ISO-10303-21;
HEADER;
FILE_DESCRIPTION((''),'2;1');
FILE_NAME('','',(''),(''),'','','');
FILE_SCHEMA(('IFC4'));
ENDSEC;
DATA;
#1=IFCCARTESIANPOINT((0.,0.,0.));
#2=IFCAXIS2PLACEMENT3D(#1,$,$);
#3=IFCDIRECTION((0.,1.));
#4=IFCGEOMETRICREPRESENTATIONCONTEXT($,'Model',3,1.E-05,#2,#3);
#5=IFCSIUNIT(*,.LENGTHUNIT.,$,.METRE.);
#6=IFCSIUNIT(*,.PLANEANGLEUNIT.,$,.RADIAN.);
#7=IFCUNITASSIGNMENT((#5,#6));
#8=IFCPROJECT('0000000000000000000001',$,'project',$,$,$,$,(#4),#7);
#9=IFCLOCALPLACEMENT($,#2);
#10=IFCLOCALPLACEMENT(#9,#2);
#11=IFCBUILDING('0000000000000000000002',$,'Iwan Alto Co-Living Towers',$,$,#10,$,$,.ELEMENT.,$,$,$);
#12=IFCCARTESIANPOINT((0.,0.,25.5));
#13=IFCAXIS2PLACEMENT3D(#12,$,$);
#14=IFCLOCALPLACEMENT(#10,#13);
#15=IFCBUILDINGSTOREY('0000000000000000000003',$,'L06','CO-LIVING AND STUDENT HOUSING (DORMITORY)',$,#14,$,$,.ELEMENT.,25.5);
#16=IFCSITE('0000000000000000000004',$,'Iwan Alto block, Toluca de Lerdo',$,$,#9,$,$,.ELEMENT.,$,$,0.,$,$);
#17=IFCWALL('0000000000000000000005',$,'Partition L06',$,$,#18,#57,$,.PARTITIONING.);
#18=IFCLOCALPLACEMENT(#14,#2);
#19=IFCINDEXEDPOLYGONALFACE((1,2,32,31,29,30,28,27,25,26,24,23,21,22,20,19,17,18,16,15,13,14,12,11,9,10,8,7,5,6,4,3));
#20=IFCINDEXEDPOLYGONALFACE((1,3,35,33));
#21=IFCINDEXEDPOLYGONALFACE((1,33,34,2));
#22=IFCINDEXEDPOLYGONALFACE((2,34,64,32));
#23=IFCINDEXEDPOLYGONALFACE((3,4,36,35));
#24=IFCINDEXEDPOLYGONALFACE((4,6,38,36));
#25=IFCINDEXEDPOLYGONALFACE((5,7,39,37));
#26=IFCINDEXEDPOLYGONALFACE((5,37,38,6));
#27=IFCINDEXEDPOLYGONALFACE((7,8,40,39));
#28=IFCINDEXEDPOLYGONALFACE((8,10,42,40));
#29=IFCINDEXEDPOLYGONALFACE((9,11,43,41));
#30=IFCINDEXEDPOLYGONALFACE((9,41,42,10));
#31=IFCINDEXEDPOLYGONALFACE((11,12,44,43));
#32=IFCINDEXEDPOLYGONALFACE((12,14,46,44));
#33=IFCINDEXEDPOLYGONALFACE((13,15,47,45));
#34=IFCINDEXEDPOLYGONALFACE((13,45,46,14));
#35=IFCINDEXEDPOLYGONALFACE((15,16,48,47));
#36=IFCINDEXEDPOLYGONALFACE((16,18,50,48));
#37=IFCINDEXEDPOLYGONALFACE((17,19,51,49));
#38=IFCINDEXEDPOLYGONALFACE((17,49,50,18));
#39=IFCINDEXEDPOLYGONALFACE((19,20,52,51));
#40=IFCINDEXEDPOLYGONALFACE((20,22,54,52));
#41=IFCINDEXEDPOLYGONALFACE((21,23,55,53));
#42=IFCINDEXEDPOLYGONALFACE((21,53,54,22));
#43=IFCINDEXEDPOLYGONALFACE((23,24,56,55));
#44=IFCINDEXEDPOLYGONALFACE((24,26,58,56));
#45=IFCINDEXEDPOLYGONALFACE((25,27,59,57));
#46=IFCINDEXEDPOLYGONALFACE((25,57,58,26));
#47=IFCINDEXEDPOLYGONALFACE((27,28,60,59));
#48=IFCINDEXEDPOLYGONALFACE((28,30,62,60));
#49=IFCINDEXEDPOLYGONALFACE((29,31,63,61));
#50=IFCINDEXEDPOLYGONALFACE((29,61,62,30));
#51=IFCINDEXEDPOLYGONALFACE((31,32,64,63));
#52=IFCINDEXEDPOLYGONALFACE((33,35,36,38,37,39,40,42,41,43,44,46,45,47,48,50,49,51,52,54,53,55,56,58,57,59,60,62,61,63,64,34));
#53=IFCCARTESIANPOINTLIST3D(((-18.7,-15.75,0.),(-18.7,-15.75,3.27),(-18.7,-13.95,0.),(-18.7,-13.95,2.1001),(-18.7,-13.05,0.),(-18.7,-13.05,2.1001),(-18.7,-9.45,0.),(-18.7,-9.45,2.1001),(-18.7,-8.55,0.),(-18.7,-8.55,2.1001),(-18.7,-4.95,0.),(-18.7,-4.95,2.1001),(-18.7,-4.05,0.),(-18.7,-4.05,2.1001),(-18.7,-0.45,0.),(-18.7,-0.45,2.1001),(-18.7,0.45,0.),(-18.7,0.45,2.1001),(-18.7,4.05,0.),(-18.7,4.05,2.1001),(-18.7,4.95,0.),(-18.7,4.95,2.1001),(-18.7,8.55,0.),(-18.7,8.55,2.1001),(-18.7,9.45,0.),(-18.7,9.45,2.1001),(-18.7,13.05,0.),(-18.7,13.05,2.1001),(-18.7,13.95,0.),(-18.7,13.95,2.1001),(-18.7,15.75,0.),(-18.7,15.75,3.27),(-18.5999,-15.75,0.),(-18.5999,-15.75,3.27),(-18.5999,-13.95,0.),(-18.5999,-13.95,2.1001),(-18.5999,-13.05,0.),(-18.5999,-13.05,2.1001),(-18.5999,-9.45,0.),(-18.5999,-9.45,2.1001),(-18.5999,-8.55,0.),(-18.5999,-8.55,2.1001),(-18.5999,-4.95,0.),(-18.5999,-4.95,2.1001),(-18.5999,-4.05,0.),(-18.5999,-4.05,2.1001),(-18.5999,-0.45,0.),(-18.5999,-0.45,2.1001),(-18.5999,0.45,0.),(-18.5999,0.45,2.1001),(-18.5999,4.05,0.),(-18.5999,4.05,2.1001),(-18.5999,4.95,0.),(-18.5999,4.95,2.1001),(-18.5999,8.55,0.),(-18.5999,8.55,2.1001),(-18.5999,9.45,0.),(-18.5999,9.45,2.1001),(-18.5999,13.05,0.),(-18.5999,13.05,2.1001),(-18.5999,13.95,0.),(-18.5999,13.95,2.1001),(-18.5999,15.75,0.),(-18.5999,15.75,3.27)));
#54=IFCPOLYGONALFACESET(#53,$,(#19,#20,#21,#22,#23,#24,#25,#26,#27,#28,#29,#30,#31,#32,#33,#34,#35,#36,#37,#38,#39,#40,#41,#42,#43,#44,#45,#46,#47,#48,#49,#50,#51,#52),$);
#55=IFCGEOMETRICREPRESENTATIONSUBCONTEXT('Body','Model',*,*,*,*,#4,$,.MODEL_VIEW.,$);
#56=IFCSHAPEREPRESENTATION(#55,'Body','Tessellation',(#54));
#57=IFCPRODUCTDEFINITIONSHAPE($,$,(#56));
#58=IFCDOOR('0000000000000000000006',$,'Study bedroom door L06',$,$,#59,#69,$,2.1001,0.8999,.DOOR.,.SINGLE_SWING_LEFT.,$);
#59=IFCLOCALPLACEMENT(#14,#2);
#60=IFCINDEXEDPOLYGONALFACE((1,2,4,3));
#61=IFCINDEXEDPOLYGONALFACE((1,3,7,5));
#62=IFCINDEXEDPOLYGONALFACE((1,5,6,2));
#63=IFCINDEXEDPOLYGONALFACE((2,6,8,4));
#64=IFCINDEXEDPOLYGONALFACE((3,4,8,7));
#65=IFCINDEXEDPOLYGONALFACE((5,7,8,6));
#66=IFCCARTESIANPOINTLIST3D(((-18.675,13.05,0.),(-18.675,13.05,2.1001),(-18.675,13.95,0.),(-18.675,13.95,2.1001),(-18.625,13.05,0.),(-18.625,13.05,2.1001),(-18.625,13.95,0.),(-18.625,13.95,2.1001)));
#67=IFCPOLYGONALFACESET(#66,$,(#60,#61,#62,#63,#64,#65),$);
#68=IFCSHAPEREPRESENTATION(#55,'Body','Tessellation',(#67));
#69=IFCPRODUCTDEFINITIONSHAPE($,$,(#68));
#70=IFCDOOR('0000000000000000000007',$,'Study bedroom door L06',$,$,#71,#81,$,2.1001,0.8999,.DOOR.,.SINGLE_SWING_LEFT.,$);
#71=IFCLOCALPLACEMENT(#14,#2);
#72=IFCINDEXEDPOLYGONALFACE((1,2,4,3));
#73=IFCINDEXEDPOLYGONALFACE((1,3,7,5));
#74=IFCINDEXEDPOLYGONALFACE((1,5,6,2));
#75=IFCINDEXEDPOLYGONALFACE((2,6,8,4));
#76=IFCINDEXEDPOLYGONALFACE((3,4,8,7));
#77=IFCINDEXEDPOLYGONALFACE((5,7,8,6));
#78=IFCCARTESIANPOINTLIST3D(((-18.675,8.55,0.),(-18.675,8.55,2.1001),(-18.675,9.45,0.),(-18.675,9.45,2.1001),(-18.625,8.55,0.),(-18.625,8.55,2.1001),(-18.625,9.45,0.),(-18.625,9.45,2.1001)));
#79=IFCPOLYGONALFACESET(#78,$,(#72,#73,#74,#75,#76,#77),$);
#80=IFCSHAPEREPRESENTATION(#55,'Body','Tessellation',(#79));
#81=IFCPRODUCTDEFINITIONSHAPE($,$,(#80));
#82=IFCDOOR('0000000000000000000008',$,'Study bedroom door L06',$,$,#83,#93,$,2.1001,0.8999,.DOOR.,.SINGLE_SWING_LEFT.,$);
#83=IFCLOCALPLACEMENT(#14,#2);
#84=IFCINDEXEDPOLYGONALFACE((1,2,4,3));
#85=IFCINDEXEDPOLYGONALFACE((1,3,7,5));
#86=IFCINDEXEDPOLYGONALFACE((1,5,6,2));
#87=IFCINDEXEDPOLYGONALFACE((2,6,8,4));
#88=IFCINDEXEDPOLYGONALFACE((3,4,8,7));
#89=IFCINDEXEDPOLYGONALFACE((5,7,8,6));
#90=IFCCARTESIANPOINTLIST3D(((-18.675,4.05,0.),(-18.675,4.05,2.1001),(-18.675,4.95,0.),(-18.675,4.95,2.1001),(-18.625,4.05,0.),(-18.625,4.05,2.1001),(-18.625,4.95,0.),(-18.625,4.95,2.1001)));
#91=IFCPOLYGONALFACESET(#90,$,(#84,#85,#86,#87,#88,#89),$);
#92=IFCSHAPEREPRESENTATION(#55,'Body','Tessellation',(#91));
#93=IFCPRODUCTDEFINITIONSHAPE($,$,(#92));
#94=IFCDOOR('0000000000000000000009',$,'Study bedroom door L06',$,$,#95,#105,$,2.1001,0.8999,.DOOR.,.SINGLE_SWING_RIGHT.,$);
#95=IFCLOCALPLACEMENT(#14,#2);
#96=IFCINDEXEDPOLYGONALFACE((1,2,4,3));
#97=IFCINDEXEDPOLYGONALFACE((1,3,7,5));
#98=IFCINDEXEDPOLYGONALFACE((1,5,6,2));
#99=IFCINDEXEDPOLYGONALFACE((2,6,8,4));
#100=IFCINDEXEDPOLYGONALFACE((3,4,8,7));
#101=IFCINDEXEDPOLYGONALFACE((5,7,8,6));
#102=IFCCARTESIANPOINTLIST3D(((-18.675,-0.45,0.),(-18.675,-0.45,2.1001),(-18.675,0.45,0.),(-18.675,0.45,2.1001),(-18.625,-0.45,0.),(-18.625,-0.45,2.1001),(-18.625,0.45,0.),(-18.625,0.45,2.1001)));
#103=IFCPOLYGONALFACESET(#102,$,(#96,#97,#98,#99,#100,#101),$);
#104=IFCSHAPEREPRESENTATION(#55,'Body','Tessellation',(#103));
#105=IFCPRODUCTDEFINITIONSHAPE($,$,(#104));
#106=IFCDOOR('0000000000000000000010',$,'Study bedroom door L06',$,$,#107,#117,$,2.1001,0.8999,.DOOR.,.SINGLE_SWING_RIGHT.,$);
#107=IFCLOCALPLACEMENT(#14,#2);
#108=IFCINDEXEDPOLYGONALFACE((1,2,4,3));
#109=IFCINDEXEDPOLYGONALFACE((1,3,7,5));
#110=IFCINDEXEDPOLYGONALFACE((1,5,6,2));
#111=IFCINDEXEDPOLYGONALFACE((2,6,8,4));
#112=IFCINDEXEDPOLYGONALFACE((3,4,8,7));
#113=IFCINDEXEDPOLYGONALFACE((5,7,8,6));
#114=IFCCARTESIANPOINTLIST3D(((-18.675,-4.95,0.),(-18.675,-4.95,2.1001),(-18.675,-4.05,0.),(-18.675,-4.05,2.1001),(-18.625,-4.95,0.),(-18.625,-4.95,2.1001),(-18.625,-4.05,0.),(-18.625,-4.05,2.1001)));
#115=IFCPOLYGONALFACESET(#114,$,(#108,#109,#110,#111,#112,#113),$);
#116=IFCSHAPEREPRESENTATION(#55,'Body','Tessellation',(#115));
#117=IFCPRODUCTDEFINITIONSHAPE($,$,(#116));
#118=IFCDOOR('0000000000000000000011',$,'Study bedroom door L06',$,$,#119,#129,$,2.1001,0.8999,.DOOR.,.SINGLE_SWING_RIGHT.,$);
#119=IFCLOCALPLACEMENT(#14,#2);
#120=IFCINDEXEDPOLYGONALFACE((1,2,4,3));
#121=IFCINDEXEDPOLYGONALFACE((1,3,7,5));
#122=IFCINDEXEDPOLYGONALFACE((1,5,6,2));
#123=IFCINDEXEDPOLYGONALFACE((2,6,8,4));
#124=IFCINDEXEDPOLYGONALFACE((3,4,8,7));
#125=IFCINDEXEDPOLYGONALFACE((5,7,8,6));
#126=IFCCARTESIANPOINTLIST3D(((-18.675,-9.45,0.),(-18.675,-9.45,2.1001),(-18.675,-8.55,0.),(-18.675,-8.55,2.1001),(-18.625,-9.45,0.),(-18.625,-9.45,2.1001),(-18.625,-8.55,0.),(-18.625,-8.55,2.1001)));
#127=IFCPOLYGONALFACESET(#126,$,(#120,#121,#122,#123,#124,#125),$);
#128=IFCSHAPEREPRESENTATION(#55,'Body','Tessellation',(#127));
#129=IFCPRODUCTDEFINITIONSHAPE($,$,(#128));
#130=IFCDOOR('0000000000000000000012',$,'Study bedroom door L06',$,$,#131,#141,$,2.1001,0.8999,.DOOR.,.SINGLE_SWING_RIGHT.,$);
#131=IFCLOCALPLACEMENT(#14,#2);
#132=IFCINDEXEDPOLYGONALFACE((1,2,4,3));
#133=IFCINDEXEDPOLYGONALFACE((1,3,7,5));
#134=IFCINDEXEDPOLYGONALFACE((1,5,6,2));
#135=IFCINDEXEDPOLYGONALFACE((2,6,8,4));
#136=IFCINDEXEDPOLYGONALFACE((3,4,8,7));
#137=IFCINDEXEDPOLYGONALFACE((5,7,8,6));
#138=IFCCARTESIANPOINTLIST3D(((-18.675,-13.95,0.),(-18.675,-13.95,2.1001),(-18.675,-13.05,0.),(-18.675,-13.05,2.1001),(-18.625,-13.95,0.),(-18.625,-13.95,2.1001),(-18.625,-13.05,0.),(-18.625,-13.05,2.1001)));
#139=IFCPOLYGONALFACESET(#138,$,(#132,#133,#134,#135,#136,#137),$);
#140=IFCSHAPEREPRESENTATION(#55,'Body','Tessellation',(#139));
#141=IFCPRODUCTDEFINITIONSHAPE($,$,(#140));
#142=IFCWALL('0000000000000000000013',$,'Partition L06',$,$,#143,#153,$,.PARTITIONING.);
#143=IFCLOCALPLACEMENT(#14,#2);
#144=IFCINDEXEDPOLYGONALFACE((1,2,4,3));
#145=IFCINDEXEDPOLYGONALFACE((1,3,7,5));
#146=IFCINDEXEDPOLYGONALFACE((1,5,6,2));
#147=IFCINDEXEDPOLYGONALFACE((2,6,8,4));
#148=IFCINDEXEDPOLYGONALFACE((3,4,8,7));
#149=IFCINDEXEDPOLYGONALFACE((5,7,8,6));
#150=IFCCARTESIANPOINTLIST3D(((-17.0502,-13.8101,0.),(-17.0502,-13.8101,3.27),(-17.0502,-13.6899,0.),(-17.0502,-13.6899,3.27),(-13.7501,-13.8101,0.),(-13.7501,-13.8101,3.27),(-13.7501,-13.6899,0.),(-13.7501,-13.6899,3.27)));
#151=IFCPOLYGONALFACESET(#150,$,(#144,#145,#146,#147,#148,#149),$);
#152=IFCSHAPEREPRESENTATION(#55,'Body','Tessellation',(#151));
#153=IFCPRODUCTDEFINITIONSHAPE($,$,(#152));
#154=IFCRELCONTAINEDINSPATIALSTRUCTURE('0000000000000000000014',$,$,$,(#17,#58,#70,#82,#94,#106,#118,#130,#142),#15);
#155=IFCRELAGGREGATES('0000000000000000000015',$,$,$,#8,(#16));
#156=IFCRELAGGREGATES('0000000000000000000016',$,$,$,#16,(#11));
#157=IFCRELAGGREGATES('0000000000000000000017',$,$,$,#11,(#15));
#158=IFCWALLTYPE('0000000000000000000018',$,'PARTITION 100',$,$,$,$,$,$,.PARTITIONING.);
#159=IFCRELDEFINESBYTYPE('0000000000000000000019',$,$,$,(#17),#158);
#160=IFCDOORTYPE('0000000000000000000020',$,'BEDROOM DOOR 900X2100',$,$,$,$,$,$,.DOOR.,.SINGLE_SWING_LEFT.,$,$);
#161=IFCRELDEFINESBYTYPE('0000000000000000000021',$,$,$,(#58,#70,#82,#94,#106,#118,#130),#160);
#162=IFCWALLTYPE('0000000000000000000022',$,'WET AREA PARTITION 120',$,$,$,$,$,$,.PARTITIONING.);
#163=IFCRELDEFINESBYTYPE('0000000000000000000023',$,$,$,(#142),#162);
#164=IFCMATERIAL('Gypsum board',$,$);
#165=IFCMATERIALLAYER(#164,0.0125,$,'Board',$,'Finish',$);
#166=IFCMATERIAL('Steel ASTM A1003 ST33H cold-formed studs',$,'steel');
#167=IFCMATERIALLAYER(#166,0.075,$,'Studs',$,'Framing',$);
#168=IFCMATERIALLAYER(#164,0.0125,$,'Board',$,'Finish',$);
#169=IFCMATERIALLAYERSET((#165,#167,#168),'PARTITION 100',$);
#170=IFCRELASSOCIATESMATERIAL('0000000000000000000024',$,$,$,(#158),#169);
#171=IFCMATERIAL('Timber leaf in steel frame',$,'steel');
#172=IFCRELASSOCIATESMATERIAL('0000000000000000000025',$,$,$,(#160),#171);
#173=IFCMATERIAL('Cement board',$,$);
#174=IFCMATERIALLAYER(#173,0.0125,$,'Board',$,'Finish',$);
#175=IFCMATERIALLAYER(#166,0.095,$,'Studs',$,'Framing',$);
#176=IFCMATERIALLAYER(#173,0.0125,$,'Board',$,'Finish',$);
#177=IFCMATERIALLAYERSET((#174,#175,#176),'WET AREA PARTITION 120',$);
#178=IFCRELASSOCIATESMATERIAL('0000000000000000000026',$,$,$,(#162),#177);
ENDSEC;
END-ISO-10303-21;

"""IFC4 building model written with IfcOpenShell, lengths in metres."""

from ifc_helpers import new_model, si_unit, direction, frame, frame_2d, origin, place, context, subcontext, project, spatial, rectangle, extrude, material, layer, layer_set, type_object, element, fill, save


model = new_model("IFC4")

# Units and contexts
model_context = context("Model", 3, precision=1e-05, world=origin(), true_north=direction((0.0, 1.0)))
body_context = subcontext(model_context, "Body", "Model", "MODEL_VIEW")
ifc_project = project(units=[si_unit("LENGTHUNIT", "METRE"), si_unit("PLANEANGLEUNIT", "RADIAN")], contexts=[model_context])

# Site, building, storey
site_placement = place(None, origin())
site = spatial("IfcSite", under=ifc_project, at=site_placement, Name="Iwan Alto block, Toluca de Lerdo", CompositionType="ELEMENT", RefElevation=0.0)
building_placement = place(site_placement, origin())
building = spatial("IfcBuilding", under=site, at=building_placement, Name="Iwan Alto Co-Living Towers", CompositionType="ELEMENT")
storey_placement = place(building_placement, frame((0.0, 0.0, 25.5)))
storey = spatial("IfcBuildingStorey", under=building, at=storey_placement, Name="L06", Description="CO-LIVING AND STUDENT HOUSING (DORMITORY)", CompositionType="ELEMENT", Elevation=25.5)

# Wall, openings, doors
ifc_material_1 = material(Name="Gypsum board")
ifc_layer_1 = layer(ifc_material_1, 0.0125, Name="Board", Category="Finish")
ifc_material_2 = material(Name="Steel ASTM A1003 ST33H cold-formed studs", Category="steel")
ifc_layer_2 = layer(ifc_material_2, 0.075, Name="Studs", Category="Framing")
ifc_layer_3 = layer(ifc_material_1, 0.0125, Name="Board", Category="Finish")
ifc_layer_set_1 = layer_set([ifc_layer_1, ifc_layer_2, ifc_layer_3], Name="PARTITION 100")
wall_type_1 = type_object("IfcWallType", Name="PARTITION 100", PredefinedType="PARTITIONING", material=ifc_layer_set_1)
wall_1_placement = place(storey_placement, frame((-18.6499, -15.75, 0.0), z_axis=(0.0, 0.0, 1.0), x_axis=(0.0, 1.0, 0.0)))
wall_1 = element("IfcWall", 1, at=wall_1_placement, inside=storey, type_object=wall_type_1, Name="Partition L06", PredefinedType="PARTITIONING", context=body_context, shape_type="SweptSolid", body=[
    extrude(rectangle(XDim=31.5, YDim=0.1001, at=frame_2d((15.75, 0.0))), origin(), (0.0, 0.0, 1.0), 3.27),
])
opening_1_placement = place(wall_1_placement, frame((28.8, 0.0, 0.0)))
opening_1 = element("IfcOpeningElement", 2, at=opening_1_placement, cuts=wall_1, PredefinedType="OPENING", context=body_context, shape_type="SweptSolid", body=[
    extrude(rectangle(XDim=0.8999, YDim=2.1001, at=frame_2d((0.45, 1.05))), frame((0.0, 0.0601, 0.0), z_axis=(0.0, -1.0, 0.0), x_axis=(1.0, 0.0, 0.0)), (0.0, 0.0, 1.0), 0.1201),
])
opening_2_placement = place(wall_1_placement, frame((24.3, 0.0, 0.0)))
opening_2 = element("IfcOpeningElement", 3, at=opening_2_placement, cuts=wall_1, PredefinedType="OPENING", context=body_context, shape_type="SweptSolid", body=[
    extrude(rectangle(XDim=0.8999, YDim=2.1001, at=frame_2d((0.45, 1.05))), frame((0.0, 0.0601, 0.0), z_axis=(0.0, -1.0, 0.0), x_axis=(1.0, 0.0, 0.0)), (0.0, 0.0, 1.0), 0.1201),
])
opening_3_placement = place(wall_1_placement, frame((19.8, 0.0, 0.0)))
opening_3 = element("IfcOpeningElement", 4, at=opening_3_placement, cuts=wall_1, PredefinedType="OPENING", context=body_context, shape_type="SweptSolid", body=[
    extrude(rectangle(XDim=0.8999, YDim=2.1001, at=frame_2d((0.45, 1.05))), frame((0.0, 0.0601, 0.0), z_axis=(0.0, -1.0, 0.0), x_axis=(1.0, 0.0, 0.0)), (0.0, 0.0, 1.0), 0.1201),
])
opening_4_placement = place(wall_1_placement, frame((15.3, 0.0, 0.0)))
opening_4 = element("IfcOpeningElement", 5, at=opening_4_placement, cuts=wall_1, PredefinedType="OPENING", context=body_context, shape_type="SweptSolid", body=[
    extrude(rectangle(XDim=0.8999, YDim=2.1001, at=frame_2d((0.45, 1.05))), frame((0.0, 0.0601, 0.0), z_axis=(0.0, -1.0, 0.0), x_axis=(1.0, 0.0, 0.0)), (0.0, 0.0, 1.0), 0.1201),
])
opening_5_placement = place(wall_1_placement, frame((10.8, 0.0, 0.0)))
opening_5 = element("IfcOpeningElement", 6, at=opening_5_placement, cuts=wall_1, PredefinedType="OPENING", context=body_context, shape_type="SweptSolid", body=[
    extrude(rectangle(XDim=0.8999, YDim=2.1001, at=frame_2d((0.45, 1.05))), frame((0.0, 0.0601, 0.0), z_axis=(0.0, -1.0, 0.0), x_axis=(1.0, 0.0, 0.0)), (0.0, 0.0, 1.0), 0.1201),
])
opening_6_placement = place(wall_1_placement, frame((6.3, 0.0, 0.0)))
opening_6 = element("IfcOpeningElement", 7, at=opening_6_placement, cuts=wall_1, PredefinedType="OPENING", context=body_context, shape_type="SweptSolid", body=[
    extrude(rectangle(XDim=0.8999, YDim=2.1001, at=frame_2d((0.45, 1.05))), frame((0.0, 0.0601, 0.0), z_axis=(0.0, -1.0, 0.0), x_axis=(1.0, 0.0, 0.0)), (0.0, 0.0, 1.0), 0.1201),
])
opening_7_placement = place(wall_1_placement, frame((1.8, 0.0, 0.0)))
opening_7 = element("IfcOpeningElement", 8, at=opening_7_placement, cuts=wall_1, PredefinedType="OPENING", context=body_context, shape_type="SweptSolid", body=[
    extrude(rectangle(XDim=0.8999, YDim=2.1001, at=frame_2d((0.45, 1.05))), frame((0.0, 0.0601, 0.0), z_axis=(0.0, -1.0, 0.0), x_axis=(1.0, 0.0, 0.0)), (0.0, 0.0, 1.0), 0.1201),
])
ifc_material_3 = material(Name="Timber leaf in steel frame", Category="steel")
door_type_1 = type_object("IfcDoorType", Name="BEDROOM DOOR 900X2100", OperationType="SINGLE_SWING_LEFT", PredefinedType="DOOR", material=ifc_material_3)
door_1_placement = place(opening_1_placement, frame((0.8999, 0.0, 0.0), z_axis=(0.0, 0.0, 1.0), x_axis=(-1.0, 0.0, 0.0)))
door_1 = element("IfcDoor", 9, at=door_1_placement, inside=storey, type_object=door_type_1, Name="Study bedroom door L06", OperationType="SINGLE_SWING_LEFT", OverallHeight=2.1001, OverallWidth=0.8999, PredefinedType="DOOR", context=body_context, shape_type="SweptSolid", body=[
    extrude(rectangle(XDim=0.8999, YDim=2.1001, at=frame_2d((0.45, 1.05))), frame((0.0, 0.0249, 0.0), z_axis=(0.0, -1.0, 0.0), x_axis=(1.0, 0.0, 0.0)), (0.0, 0.0, 1.0), 0.05),
])
fill(opening_1, door_1)
door_2_placement = place(opening_2_placement, frame((0.8999, 0.0, 0.0), z_axis=(0.0, 0.0, 1.0), x_axis=(-1.0, 0.0, 0.0)))
door_2 = element("IfcDoor", 10, at=door_2_placement, inside=storey, type_object=door_type_1, Name="Study bedroom door L06", OperationType="SINGLE_SWING_LEFT", OverallHeight=2.1001, OverallWidth=0.8999, PredefinedType="DOOR", context=body_context, shape_type="SweptSolid", body=[
    extrude(rectangle(XDim=0.8999, YDim=2.1001, at=frame_2d((0.45, 1.05))), frame((0.0, 0.0249, 0.0), z_axis=(0.0, -1.0, 0.0), x_axis=(1.0, 0.0, 0.0)), (0.0, 0.0, 1.0), 0.05),
])
fill(opening_2, door_2)
door_3_placement = place(opening_3_placement, frame((0.8999, 0.0, 0.0), z_axis=(0.0, 0.0, 1.0), x_axis=(-1.0, 0.0, 0.0)))
door_3 = element("IfcDoor", 11, at=door_3_placement, inside=storey, type_object=door_type_1, Name="Study bedroom door L06", OperationType="SINGLE_SWING_LEFT", OverallHeight=2.1001, OverallWidth=0.8999, PredefinedType="DOOR", context=body_context, shape_type="SweptSolid", body=[
    extrude(rectangle(XDim=0.8999, YDim=2.1001, at=frame_2d((0.45, 1.05))), frame((0.0, 0.0249, 0.0), z_axis=(0.0, -1.0, 0.0), x_axis=(1.0, 0.0, 0.0)), (0.0, 0.0, 1.0), 0.05),
])
fill(opening_3, door_3)
door_4_placement = place(opening_4_placement, frame((0.8999, 0.0, 0.0), z_axis=(0.0, 0.0, 1.0), x_axis=(-1.0, 0.0, 0.0)))
door_4 = element("IfcDoor", 12, at=door_4_placement, inside=storey, type_object=door_type_1, Name="Study bedroom door L06", OperationType="SINGLE_SWING_RIGHT", OverallHeight=2.1001, OverallWidth=0.8999, PredefinedType="DOOR", context=body_context, shape_type="SweptSolid", body=[
    extrude(rectangle(XDim=0.8999, YDim=2.1001, at=frame_2d((0.45, 1.05))), frame((0.0, 0.0249, 0.0), z_axis=(0.0, -1.0, 0.0), x_axis=(1.0, 0.0, 0.0)), (0.0, 0.0, 1.0), 0.05),
])
fill(opening_4, door_4)
door_5_placement = place(opening_5_placement, frame((0.8999, 0.0, 0.0), z_axis=(0.0, 0.0, 1.0), x_axis=(-1.0, 0.0, 0.0)))
door_5 = element("IfcDoor", 13, at=door_5_placement, inside=storey, type_object=door_type_1, Name="Study bedroom door L06", OperationType="SINGLE_SWING_RIGHT", OverallHeight=2.1001, OverallWidth=0.8999, PredefinedType="DOOR", context=body_context, shape_type="SweptSolid", body=[
    extrude(rectangle(XDim=0.8999, YDim=2.1001, at=frame_2d((0.45, 1.05))), frame((0.0, 0.0249, 0.0), z_axis=(0.0, -1.0, 0.0), x_axis=(1.0, 0.0, 0.0)), (0.0, 0.0, 1.0), 0.05),
])
fill(opening_5, door_5)
door_6_placement = place(opening_6_placement, frame((0.8999, 0.0, 0.0), z_axis=(0.0, 0.0, 1.0), x_axis=(-1.0, 0.0, 0.0)))
door_6 = element("IfcDoor", 14, at=door_6_placement, inside=storey, type_object=door_type_1, Name="Study bedroom door L06", OperationType="SINGLE_SWING_RIGHT", OverallHeight=2.1001, OverallWidth=0.8999, PredefinedType="DOOR", context=body_context, shape_type="SweptSolid", body=[
    extrude(rectangle(XDim=0.8999, YDim=2.1001, at=frame_2d((0.45, 1.05))), frame((0.0, 0.0249, 0.0), z_axis=(0.0, -1.0, 0.0), x_axis=(1.0, 0.0, 0.0)), (0.0, 0.0, 1.0), 0.05),
])
fill(opening_6, door_6)
door_7_placement = place(opening_7_placement, frame((0.8999, 0.0, 0.0), z_axis=(0.0, 0.0, 1.0), x_axis=(-1.0, 0.0, 0.0)))
door_7 = element("IfcDoor", 15, at=door_7_placement, inside=storey, type_object=door_type_1, Name="Study bedroom door L06", OperationType="SINGLE_SWING_RIGHT", OverallHeight=2.1001, OverallWidth=0.8999, PredefinedType="DOOR", context=body_context, shape_type="SweptSolid", body=[
    extrude(rectangle(XDim=0.8999, YDim=2.1001, at=frame_2d((0.45, 1.05))), frame((0.0, 0.0249, 0.0), z_axis=(0.0, -1.0, 0.0), x_axis=(1.0, 0.0, 0.0)), (0.0, 0.0, 1.0), 0.05),
])
fill(opening_7, door_7)

# Wall
ifc_material_4 = material(Name="Cement board")
ifc_layer_4 = layer(ifc_material_4, 0.0125, Name="Board", Category="Finish")
ifc_layer_5 = layer(ifc_material_2, 0.095, Name="Studs", Category="Framing")
ifc_layer_6 = layer(ifc_material_4, 0.0125, Name="Board", Category="Finish")
ifc_layer_set_2 = layer_set([ifc_layer_4, ifc_layer_5, ifc_layer_6], Name="WET AREA PARTITION 120")
wall_type_2 = type_object("IfcWallType", Name="WET AREA PARTITION 120", PredefinedType="PARTITIONING", material=ifc_layer_set_2)
wall_2_placement = place(storey_placement, frame((-17.05, -13.75, 0.0), z_axis=(0.0, 0.0, 1.0), x_axis=(1.0, 0.0, 0.0)))
element("IfcWall", 16, at=wall_2_placement, inside=storey, type_object=wall_type_2, Name="Partition L06", PredefinedType="PARTITIONING", context=body_context, shape_type="SweptSolid", body=[
    extrude(rectangle(XDim=3.3, YDim=0.1201, at=frame_2d((1.6499, 0.0))), origin(), (0.0, 0.0, 1.0), 3.27),
])

save(model, "model.ifc")
